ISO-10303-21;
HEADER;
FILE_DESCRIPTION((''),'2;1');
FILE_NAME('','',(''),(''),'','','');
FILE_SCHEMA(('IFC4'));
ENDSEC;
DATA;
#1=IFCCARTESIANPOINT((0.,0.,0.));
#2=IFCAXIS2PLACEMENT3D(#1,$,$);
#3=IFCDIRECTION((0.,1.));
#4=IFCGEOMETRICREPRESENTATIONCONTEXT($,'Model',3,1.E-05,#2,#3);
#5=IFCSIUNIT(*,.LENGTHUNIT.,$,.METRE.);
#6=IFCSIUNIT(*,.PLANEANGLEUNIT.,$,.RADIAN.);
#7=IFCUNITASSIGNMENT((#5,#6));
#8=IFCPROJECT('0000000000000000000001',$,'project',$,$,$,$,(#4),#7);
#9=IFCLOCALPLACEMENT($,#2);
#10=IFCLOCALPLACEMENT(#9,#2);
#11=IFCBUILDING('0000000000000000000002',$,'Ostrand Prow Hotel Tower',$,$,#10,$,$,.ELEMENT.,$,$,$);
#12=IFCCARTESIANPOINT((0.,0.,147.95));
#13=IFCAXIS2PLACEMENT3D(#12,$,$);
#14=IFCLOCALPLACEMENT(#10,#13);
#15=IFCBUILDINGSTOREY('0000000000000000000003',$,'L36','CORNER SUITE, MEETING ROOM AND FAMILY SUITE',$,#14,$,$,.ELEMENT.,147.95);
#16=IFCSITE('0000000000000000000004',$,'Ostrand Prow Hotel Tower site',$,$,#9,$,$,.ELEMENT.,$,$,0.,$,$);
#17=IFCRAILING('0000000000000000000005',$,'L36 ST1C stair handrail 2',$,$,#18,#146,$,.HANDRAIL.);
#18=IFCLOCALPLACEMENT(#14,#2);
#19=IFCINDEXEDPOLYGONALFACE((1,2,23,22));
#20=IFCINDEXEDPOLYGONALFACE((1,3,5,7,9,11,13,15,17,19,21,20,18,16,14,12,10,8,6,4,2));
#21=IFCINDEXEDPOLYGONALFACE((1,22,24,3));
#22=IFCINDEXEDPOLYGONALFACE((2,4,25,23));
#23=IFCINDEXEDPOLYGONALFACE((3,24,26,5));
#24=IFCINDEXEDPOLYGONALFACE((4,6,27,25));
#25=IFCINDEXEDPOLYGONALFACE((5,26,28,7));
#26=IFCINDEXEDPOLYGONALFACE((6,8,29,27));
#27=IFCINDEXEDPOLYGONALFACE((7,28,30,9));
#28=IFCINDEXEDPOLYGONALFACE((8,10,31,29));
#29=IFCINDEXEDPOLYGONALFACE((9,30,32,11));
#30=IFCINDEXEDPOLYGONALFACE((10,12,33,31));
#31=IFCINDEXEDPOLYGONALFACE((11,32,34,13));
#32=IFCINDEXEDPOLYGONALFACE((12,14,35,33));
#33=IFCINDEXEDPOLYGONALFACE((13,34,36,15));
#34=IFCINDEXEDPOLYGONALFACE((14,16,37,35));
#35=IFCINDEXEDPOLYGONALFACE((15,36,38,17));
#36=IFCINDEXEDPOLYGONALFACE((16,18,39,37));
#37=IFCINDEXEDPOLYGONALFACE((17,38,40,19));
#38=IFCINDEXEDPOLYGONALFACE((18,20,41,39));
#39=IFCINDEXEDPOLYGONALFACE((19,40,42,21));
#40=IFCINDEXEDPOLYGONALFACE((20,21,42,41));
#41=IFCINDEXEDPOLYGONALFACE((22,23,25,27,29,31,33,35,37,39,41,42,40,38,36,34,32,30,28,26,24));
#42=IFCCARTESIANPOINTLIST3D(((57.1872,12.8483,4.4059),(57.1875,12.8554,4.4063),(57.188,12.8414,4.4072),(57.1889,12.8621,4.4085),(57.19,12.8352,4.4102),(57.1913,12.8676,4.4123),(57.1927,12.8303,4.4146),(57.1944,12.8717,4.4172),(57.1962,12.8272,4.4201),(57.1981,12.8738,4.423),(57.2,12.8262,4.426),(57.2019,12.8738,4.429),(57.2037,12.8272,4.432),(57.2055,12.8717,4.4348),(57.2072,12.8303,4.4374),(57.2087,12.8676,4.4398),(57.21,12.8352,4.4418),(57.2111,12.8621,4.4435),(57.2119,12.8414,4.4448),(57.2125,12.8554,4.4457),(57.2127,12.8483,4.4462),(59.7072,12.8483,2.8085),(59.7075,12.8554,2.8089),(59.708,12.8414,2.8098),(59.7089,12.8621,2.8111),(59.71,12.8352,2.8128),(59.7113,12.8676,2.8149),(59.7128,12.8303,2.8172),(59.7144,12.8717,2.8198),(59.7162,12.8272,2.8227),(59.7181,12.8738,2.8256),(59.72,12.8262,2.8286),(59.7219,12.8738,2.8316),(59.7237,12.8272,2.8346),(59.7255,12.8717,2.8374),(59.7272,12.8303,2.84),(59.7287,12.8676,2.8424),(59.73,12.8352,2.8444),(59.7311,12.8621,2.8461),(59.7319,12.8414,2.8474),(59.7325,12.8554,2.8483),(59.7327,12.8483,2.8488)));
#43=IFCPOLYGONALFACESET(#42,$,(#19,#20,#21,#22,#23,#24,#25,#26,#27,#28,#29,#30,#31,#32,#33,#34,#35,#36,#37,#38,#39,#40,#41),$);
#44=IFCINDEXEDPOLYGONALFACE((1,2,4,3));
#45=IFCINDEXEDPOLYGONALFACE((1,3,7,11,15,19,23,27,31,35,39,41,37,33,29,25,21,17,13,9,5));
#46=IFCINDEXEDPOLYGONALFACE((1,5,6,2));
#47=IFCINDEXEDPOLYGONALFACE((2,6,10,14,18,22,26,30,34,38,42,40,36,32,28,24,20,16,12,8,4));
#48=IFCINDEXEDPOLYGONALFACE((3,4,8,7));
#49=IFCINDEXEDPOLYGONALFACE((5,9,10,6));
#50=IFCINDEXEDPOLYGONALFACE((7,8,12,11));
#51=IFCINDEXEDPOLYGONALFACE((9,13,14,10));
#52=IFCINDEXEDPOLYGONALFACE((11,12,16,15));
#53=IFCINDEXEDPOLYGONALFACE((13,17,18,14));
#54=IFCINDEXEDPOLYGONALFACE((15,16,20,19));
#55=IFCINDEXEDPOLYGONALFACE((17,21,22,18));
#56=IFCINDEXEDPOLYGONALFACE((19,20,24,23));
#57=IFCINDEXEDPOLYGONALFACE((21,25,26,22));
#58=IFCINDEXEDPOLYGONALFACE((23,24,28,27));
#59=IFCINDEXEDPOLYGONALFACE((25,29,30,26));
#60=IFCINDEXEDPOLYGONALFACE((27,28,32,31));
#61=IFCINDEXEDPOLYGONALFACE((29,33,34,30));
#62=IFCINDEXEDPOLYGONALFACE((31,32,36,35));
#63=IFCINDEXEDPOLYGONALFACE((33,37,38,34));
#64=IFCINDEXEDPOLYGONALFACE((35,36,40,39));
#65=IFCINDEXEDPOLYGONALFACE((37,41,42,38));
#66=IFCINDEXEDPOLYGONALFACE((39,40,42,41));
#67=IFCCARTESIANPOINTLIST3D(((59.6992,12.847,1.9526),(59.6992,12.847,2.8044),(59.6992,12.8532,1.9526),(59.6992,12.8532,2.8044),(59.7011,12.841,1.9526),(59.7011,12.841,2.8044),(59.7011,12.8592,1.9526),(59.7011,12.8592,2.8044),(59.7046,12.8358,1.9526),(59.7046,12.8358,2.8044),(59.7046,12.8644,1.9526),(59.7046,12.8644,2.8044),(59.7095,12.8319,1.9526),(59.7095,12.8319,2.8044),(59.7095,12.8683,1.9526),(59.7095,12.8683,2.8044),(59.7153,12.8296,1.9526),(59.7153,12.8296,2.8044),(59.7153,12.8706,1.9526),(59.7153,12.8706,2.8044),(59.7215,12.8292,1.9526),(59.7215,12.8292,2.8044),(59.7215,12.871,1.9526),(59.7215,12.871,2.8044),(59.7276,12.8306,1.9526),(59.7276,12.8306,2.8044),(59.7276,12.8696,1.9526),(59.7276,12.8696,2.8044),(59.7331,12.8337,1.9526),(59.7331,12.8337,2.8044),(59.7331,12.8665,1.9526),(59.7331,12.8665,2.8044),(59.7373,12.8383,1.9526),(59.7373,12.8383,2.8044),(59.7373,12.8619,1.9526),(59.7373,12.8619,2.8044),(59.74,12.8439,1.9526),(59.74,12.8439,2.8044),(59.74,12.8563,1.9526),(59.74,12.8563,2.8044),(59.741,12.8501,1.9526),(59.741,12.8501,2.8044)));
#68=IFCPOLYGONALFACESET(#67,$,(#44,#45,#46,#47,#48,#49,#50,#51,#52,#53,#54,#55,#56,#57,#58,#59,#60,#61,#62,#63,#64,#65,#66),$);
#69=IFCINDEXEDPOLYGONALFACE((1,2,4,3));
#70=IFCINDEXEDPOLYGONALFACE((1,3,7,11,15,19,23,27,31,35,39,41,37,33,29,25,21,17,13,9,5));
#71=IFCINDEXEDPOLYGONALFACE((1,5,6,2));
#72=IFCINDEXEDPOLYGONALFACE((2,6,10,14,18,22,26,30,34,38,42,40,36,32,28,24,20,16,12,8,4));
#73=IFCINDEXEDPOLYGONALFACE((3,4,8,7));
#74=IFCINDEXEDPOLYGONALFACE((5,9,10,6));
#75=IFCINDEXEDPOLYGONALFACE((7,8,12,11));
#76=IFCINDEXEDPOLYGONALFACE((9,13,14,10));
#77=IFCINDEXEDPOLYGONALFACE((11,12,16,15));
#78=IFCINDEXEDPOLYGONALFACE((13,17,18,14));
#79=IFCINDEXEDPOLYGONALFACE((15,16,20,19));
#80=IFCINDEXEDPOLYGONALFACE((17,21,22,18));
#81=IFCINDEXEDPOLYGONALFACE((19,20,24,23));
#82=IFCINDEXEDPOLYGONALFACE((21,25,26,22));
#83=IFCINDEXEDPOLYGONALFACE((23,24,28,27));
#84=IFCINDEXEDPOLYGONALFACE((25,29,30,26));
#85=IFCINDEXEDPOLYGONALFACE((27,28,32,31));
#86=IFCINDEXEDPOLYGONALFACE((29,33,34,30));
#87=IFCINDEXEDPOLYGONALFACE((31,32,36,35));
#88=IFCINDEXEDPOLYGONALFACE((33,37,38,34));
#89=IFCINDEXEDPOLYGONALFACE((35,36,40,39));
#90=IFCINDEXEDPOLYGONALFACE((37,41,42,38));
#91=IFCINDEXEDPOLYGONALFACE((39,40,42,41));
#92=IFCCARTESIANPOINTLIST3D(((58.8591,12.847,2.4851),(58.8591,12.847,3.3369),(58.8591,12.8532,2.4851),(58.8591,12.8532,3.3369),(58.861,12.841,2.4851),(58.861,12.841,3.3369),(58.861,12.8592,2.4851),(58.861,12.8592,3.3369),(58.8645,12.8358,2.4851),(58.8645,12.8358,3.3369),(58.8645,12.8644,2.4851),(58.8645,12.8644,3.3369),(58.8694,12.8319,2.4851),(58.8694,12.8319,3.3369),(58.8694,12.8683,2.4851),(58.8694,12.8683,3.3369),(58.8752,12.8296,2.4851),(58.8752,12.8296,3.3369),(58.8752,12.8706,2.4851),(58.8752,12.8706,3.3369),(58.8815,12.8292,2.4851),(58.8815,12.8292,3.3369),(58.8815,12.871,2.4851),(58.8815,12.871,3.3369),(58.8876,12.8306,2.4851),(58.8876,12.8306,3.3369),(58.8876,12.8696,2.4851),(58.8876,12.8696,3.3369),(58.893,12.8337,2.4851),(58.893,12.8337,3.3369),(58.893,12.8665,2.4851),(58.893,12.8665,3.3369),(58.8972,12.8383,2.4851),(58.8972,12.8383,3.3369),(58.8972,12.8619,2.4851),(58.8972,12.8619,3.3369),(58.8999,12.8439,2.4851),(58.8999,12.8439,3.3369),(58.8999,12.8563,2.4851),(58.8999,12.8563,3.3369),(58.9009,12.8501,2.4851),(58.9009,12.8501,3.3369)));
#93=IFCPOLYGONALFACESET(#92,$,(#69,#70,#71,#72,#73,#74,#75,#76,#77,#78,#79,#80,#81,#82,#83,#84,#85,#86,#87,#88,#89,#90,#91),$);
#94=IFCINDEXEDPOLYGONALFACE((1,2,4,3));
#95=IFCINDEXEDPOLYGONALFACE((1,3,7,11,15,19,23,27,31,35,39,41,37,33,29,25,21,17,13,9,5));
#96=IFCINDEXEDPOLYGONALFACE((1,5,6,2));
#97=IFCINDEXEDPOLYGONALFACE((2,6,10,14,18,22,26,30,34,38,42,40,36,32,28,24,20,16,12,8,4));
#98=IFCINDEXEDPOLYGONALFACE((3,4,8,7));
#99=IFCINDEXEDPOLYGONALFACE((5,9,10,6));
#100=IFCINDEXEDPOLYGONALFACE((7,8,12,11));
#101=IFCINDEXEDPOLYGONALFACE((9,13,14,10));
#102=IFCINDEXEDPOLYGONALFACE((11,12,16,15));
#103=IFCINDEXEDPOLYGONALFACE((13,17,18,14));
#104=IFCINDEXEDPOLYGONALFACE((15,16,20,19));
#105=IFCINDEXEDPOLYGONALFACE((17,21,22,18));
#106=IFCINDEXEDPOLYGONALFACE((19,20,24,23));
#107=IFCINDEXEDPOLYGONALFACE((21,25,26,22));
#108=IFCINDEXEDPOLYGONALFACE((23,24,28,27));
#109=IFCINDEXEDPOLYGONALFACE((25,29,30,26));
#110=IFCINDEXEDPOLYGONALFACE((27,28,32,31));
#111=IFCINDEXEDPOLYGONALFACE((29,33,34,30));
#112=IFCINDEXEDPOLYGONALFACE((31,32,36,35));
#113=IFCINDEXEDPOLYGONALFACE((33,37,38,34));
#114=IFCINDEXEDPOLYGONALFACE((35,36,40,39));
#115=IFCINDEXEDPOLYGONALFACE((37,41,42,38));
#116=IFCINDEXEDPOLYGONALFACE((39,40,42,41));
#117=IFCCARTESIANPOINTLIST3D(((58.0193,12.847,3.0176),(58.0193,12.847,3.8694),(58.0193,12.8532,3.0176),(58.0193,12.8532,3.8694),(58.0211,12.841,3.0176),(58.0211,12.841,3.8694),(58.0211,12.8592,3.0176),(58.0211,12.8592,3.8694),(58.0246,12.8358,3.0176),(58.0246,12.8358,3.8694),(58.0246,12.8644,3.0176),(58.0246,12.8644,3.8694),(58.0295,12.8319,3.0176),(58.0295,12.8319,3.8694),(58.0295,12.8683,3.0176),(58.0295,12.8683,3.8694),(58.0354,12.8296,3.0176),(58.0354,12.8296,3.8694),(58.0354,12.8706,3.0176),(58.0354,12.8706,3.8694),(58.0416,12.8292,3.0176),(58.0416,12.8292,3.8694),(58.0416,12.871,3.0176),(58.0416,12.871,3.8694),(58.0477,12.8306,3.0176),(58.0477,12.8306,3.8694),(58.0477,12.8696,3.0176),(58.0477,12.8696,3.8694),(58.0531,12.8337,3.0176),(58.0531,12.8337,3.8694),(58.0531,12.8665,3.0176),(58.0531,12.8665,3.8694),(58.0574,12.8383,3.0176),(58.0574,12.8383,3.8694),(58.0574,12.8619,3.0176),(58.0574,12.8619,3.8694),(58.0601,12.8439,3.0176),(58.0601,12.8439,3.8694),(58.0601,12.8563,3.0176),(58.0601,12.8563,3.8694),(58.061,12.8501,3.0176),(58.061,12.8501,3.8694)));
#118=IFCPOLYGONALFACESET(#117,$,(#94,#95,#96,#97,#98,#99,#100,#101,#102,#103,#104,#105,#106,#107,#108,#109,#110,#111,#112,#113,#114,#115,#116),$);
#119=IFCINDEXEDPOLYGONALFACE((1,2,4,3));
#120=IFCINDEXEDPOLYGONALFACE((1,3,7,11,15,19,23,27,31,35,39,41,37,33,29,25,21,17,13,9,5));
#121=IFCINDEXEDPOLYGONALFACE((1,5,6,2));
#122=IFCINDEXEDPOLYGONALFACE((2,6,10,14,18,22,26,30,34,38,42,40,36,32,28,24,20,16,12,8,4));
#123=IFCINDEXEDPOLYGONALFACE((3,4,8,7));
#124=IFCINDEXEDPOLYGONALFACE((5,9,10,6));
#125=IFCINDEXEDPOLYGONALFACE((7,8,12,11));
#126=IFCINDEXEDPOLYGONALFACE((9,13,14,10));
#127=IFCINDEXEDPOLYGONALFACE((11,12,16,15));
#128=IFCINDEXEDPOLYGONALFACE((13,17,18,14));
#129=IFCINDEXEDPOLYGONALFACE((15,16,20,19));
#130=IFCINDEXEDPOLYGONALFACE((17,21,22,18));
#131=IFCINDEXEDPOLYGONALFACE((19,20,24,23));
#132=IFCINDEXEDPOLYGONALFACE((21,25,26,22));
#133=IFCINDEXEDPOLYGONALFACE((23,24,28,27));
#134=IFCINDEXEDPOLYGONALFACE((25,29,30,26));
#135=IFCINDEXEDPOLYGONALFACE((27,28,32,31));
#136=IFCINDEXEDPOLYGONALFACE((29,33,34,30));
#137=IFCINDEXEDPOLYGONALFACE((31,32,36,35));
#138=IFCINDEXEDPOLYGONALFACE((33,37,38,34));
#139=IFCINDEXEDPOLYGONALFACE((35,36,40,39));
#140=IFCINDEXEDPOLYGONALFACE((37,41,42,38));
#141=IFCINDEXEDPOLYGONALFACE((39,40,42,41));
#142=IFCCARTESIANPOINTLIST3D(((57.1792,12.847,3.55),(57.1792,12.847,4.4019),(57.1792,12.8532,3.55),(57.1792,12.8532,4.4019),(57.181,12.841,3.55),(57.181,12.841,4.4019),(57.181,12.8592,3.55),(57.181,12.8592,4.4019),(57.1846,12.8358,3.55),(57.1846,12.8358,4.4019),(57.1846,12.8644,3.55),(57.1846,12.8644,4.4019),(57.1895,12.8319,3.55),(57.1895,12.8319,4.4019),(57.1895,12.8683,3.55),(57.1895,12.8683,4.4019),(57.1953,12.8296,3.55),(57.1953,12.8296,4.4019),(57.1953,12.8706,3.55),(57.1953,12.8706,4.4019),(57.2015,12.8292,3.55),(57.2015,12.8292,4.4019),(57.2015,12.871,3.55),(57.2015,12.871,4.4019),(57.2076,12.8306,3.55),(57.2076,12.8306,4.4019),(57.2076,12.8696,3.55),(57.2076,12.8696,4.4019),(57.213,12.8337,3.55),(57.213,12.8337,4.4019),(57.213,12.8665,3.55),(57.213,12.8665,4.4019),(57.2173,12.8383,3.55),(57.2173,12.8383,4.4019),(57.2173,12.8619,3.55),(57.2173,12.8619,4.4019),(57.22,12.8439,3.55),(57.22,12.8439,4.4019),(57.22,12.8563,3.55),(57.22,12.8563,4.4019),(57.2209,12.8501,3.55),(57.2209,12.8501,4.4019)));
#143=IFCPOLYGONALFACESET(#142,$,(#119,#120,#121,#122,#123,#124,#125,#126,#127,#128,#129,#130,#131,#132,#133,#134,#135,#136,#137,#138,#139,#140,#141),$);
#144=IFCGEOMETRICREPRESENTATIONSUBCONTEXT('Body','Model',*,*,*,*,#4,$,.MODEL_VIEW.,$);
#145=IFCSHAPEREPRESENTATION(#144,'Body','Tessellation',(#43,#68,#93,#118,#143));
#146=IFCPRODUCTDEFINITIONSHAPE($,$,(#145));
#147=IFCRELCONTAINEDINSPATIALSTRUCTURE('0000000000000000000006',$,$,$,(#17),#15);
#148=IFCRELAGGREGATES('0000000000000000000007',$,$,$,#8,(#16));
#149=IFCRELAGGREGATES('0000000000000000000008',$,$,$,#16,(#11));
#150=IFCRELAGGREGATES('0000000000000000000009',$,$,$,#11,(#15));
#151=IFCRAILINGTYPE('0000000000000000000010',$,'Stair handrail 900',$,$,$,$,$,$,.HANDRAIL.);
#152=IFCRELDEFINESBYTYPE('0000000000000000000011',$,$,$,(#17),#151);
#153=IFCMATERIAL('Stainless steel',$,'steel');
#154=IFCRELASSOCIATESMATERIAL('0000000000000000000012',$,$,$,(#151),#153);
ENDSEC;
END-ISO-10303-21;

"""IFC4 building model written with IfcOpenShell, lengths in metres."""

from ifc_helpers import new_model, si_unit, direction, frame, origin, origin_2d, place, context, subcontext, project, spatial, circle, extrude, material, type_object, element, save


model = new_model("IFC4")

# Units and contexts
model_context = context("Model", 3, precision=1e-05, world=origin(), true_north=direction((0.0, 1.0)))
body_context = subcontext(model_context, "Body", "Model", "MODEL_VIEW")
ifc_project = project(units=[si_unit("LENGTHUNIT", "METRE"), si_unit("PLANEANGLEUNIT", "RADIAN")], contexts=[model_context])

# Site, building, storey
site_placement = place(None, origin())
site = spatial("IfcSite", under=ifc_project, at=site_placement, Name="Ostrand Prow Hotel Tower site", CompositionType="ELEMENT", RefElevation=0.0)
building_placement = place(site_placement, origin())
building = spatial("IfcBuilding", under=site, at=building_placement, Name="Ostrand Prow Hotel Tower", CompositionType="ELEMENT")
storey_placement = place(building_placement, frame((0.0, 0.0, 147.95)))
storey = spatial("IfcBuildingStorey", under=building, at=storey_placement, Name="L36", Description="CORNER SUITE, MEETING ROOM AND FAMILY SUITE", CompositionType="ELEMENT", Elevation=147.95)

# Railing
ifc_material_1 = material(Name="Stainless steel", Category="steel")
railing_type_1 = type_object("IfcRailingType", Name="Stair handrail 900", PredefinedType="HANDRAIL", material=ifc_material_1)
railing_1_placement = place(storey_placement, frame((59.72, 12.8501, 1.9526)))
element("IfcRailing", 1, at=railing_1_placement, inside=storey, type_object=railing_type_1, Name="L36 ST1C stair handrail 2", PredefinedType="HANDRAIL", context=body_context, shape_type="SweptSolid", body=[
    extrude(circle(Radius=0.0239, at=origin_2d()), frame((0.0, 0.0, 0.876), z_axis=(-0.844607, 0.0, 0.535387), x_axis=(0.0, -1.0, 0.0)), (0.0, 0.0, 1.0), 2.9836),
    extrude(circle(Radius=0.021, at=origin_2d()), origin(), (0.0, 0.0, 1.0), 0.8518),
    extrude(circle(Radius=0.021, at=origin_2d()), frame((-0.8401, 0.0, 0.5325)), (0.0, 0.0, 1.0), 0.8518),
    extrude(circle(Radius=0.021, at=origin_2d()), frame((-1.6799, 0.0, 1.0649)), (0.0, 0.0, 1.0), 0.8518),
    extrude(circle(Radius=0.021, at=origin_2d()), frame((-2.52, 0.0, 1.5974)), (0.0, 0.0, 1.0), 0.8518),
])

save(model, "model.ifc")
